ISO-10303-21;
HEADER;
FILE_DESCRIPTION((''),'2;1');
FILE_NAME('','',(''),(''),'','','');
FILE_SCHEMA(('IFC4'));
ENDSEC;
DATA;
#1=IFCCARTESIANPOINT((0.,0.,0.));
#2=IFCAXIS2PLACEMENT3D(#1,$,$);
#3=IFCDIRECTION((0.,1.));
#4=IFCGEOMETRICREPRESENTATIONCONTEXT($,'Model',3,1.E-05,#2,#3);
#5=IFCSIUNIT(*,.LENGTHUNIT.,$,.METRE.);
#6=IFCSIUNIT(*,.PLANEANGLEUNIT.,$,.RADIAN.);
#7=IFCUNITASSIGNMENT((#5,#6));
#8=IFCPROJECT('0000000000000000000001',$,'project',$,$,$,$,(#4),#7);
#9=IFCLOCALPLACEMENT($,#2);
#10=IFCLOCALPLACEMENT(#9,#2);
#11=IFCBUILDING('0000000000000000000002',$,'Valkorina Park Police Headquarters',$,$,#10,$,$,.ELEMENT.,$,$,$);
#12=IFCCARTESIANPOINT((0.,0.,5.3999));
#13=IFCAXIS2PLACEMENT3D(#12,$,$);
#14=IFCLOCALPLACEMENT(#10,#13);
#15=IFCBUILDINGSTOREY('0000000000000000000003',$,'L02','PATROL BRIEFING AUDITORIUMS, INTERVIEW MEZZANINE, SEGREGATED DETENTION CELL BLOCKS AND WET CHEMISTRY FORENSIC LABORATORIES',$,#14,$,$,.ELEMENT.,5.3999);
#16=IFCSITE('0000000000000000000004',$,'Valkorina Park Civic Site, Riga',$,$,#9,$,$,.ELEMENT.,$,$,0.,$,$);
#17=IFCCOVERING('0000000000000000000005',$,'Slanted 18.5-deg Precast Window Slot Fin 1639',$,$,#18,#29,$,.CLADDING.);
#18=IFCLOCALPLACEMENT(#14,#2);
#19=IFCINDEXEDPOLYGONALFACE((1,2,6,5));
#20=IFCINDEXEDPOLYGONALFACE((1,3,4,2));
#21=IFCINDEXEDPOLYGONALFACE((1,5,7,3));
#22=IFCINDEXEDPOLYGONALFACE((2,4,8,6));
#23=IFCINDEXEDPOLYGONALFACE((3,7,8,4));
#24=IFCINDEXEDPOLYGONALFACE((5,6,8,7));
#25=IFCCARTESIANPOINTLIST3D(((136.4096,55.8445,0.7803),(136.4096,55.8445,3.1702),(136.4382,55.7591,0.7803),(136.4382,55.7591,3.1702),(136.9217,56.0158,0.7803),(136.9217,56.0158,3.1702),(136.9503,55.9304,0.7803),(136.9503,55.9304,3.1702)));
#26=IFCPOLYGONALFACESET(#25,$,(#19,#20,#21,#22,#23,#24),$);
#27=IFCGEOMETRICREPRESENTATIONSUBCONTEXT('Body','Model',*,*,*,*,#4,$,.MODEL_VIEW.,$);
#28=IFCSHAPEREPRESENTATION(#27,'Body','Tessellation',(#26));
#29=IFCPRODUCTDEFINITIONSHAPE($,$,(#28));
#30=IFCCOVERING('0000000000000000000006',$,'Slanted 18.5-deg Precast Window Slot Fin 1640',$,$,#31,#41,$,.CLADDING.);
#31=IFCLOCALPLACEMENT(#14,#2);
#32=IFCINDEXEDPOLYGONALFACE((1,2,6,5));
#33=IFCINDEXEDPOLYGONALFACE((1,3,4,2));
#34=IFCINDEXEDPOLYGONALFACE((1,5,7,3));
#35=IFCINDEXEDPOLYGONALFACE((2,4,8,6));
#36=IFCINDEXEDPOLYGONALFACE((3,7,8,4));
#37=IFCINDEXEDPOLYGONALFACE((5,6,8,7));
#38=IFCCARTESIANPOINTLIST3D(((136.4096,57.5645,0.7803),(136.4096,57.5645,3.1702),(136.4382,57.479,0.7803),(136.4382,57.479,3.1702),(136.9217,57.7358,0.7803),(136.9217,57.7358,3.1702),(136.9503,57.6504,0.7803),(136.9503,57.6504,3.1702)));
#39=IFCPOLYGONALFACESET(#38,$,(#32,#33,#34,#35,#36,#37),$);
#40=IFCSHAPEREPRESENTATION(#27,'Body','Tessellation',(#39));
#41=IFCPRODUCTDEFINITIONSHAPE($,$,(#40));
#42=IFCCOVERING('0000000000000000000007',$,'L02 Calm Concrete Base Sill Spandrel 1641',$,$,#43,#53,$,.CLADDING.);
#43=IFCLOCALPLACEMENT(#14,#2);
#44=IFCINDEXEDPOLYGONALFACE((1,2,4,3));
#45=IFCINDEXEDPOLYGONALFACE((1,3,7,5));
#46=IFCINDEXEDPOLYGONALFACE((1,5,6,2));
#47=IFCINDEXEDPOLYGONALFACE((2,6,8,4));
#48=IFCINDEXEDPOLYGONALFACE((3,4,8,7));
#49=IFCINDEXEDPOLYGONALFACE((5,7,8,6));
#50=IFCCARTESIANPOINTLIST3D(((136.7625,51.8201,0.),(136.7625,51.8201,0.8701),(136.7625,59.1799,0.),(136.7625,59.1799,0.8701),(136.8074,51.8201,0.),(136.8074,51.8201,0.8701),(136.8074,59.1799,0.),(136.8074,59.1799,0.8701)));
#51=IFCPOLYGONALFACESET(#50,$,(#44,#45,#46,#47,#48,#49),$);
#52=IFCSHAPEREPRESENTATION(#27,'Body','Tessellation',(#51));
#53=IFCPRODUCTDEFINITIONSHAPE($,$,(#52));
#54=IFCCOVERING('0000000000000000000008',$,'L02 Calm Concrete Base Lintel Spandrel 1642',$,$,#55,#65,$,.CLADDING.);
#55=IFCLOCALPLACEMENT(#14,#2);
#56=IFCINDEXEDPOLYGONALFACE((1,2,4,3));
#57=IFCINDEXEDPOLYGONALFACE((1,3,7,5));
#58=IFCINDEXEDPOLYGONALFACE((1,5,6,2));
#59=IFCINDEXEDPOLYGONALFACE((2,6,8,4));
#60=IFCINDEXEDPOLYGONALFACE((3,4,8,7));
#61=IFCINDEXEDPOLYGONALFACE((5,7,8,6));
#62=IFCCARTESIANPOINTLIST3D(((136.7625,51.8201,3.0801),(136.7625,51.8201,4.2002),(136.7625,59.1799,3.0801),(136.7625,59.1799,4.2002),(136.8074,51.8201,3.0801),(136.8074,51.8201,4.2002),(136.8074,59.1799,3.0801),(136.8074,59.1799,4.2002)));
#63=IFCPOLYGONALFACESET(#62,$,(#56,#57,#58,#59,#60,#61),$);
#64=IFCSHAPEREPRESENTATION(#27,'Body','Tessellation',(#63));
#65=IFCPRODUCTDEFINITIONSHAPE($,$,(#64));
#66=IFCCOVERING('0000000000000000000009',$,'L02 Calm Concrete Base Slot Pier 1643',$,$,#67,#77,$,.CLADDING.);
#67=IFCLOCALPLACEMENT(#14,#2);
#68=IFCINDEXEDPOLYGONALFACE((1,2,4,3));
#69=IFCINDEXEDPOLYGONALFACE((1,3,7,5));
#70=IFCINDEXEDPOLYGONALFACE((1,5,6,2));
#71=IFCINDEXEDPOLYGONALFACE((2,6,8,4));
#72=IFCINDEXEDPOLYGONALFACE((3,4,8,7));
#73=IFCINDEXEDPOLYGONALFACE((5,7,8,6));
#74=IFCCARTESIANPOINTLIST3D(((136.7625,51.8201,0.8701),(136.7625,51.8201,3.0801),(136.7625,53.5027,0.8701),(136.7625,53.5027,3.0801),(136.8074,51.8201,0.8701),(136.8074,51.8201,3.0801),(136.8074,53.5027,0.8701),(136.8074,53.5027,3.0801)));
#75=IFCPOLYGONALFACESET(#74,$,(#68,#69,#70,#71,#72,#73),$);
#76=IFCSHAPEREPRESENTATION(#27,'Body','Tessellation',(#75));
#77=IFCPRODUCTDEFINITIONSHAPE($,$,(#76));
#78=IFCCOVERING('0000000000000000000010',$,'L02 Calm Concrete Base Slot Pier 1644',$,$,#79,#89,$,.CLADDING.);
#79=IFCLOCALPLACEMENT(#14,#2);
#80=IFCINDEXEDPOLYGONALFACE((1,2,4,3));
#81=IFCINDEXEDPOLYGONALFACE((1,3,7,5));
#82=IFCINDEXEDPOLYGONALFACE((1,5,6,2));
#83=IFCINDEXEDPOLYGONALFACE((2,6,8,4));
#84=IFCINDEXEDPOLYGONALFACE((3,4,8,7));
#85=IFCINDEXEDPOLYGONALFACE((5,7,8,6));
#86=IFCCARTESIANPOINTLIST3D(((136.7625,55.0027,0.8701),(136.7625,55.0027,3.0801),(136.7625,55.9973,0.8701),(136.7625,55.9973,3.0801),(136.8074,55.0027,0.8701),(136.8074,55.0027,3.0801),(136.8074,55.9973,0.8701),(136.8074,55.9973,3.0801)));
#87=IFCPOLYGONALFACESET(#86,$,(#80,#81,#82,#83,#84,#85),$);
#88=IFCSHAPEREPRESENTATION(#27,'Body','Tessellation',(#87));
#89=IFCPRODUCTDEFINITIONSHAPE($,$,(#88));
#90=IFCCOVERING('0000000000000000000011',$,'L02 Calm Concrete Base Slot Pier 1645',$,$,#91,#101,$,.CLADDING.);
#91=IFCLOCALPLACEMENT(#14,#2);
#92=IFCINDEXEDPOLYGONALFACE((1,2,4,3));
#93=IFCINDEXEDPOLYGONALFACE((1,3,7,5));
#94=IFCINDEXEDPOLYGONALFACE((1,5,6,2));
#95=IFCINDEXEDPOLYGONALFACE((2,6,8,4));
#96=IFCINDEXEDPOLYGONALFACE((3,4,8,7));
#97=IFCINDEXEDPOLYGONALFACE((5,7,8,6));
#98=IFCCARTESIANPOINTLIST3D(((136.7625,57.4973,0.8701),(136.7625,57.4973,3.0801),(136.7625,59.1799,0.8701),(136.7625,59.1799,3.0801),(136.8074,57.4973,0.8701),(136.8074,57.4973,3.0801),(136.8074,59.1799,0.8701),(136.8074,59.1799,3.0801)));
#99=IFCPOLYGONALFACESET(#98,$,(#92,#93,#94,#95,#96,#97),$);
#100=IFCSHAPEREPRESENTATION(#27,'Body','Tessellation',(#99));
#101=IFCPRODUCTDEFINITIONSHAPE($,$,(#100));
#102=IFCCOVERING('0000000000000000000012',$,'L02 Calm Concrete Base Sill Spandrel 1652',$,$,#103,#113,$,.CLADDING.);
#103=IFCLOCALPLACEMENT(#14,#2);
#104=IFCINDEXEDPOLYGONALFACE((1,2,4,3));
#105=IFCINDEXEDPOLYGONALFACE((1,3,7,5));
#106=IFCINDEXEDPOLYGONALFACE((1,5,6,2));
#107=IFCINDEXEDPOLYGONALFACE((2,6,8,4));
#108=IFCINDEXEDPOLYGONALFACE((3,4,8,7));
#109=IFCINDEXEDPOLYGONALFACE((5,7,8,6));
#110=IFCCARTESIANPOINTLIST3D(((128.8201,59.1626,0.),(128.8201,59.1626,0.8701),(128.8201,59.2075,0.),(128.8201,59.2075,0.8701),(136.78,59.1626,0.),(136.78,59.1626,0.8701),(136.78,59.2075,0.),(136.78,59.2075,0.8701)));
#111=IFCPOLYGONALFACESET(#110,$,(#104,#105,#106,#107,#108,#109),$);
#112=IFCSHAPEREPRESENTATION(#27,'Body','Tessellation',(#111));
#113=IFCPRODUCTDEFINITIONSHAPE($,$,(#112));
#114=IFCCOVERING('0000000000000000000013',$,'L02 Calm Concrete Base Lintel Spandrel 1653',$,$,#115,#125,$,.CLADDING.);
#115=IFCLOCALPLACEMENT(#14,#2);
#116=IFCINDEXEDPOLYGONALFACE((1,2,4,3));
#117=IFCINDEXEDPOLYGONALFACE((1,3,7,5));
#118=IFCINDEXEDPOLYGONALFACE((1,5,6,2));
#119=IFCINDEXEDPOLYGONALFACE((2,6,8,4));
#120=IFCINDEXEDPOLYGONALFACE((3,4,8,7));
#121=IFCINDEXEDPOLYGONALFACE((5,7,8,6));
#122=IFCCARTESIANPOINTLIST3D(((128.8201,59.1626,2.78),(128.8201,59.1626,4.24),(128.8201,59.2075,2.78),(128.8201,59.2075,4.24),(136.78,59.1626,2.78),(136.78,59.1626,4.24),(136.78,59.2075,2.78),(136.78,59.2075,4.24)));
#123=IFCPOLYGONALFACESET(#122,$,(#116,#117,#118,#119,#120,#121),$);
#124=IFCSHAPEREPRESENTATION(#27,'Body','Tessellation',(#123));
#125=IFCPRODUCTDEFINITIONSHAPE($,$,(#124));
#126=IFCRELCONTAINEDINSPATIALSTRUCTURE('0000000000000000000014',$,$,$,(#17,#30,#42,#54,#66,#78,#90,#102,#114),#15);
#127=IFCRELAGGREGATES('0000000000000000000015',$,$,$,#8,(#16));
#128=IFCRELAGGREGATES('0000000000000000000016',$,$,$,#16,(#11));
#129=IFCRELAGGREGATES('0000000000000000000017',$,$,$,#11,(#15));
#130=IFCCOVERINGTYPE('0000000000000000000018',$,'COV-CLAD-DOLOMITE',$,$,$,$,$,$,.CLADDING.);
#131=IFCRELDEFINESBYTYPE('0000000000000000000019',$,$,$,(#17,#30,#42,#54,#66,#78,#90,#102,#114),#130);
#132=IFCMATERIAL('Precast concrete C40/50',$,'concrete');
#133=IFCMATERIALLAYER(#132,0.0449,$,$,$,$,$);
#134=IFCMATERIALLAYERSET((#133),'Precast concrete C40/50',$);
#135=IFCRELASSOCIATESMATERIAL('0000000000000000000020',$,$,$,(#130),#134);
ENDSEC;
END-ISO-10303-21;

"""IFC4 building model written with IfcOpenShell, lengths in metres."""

from ifc_helpers import new_model, si_unit, direction, frame, frame_2d, origin, origin_2d, place, context, subcontext, project, spatial, rectangle, extrude, material, layer, layer_set, type_object, element, save


model = new_model("IFC4")

# Units and contexts
model_context = context("Model", 3, precision=1e-05, world=origin(), true_north=direction((0.0, 1.0)))
body_context = subcontext(model_context, "Body", "Model", "MODEL_VIEW")
ifc_project = project(units=[si_unit("LENGTHUNIT", "METRE"), si_unit("PLANEANGLEUNIT", "RADIAN")], contexts=[model_context])

# Site, building, storey
site_placement = place(None, origin())
site = spatial("IfcSite", under=ifc_project, at=site_placement, Name="Valkorina Park Civic Site, Riga", CompositionType="ELEMENT", RefElevation=0.0)
building_placement = place(site_placement, origin())
building = spatial("IfcBuilding", under=site, at=building_placement, Name="Valkorina Park Police Headquarters", CompositionType="ELEMENT")
storey_placement = place(building_placement, frame((0.0, 0.0, 5.3999)))
storey = spatial("IfcBuildingStorey", under=building, at=storey_placement, Name="L02", Description="PATROL BRIEFING AUDITORIUMS, INTERVIEW MEZZANINE, SEGREGATED DETENTION CELL BLOCKS AND WET CHEMISTRY FORENSIC LABORATORIES", CompositionType="ELEMENT", Elevation=5.3999)

# Coverings
ifc_material_1 = material(Name="Precast concrete C40/50", Category="concrete")
ifc_layer = layer(ifc_material_1, 0.0449)
ifc_layer_set = layer_set([ifc_layer], Name="Precast concrete C40/50")
covering_type = type_object("IfcCoveringType", Name="COV-CLAD-DOLOMITE", PredefinedType="CLADDING", material=ifc_layer_set)
for number, where, z_axis, x_axis, name in (
    (1, (136.6799, 55.8875, 0.7803), (0.0, 0.0, 1.0), (-0.948324, -0.317305, 0.0), "Slanted 18.5-deg Precast Window Slot Fin 1639"),
    (2, (136.6799, 57.6074, 0.7803), (0.0, 0.0, 1.0), (-0.948324, -0.317305, 0.0), "Slanted 18.5-deg Precast Window Slot Fin 1640"),
):
    element("IfcCovering", number, at=place(storey_placement, frame(where, z_axis=z_axis, x_axis=x_axis)), inside=storey, type_object=covering_type, Name=name, PredefinedType="CLADDING", context=body_context, shape_type="SweptSolid", body=[
        extrude(rectangle(XDim=0.54, YDim=0.0901, at=origin_2d()), origin(), (0.0, 0.0, 1.0), 2.3899),
    ])
covering_1_placement = place(storey_placement, frame((136.7849, 51.8201, 0.0), z_axis=(0.0, 0.0, 1.0), x_axis=(0.0, 1.0, 0.0)))
element("IfcCovering", 3, at=covering_1_placement, inside=storey, type_object=covering_type, Name="L02 Calm Concrete Base Sill Spandrel 1641", PredefinedType="CLADDING", context=body_context, shape_type="SweptSolid", body=[
    extrude(rectangle(XDim=7.3599, YDim=0.0449, at=frame_2d((3.6799, 0.0))), origin(), (0.0, 0.0, 1.0), 0.8701),
])
covering_2_placement = place(storey_placement, frame((136.7849, 51.8201, 3.0801), z_axis=(0.0, 0.0, 1.0), x_axis=(0.0, 1.0, 0.0)))
element("IfcCovering", 4, at=covering_2_placement, inside=storey, type_object=covering_type, Name="L02 Calm Concrete Base Lintel Spandrel 1642", PredefinedType="CLADDING", context=body_context, shape_type="SweptSolid", body=[
    extrude(rectangle(XDim=7.3599, YDim=0.0449, at=frame_2d((3.6799, 0.0))), origin(), (0.0, 0.0, 1.0), 1.1201),
])
covering_3_placement = place(storey_placement, frame((136.7849, 51.8201, 0.8701), z_axis=(0.0, 0.0, 1.0), x_axis=(0.0, 1.0, 0.0)))
element("IfcCovering", 5, at=covering_3_placement, inside=storey, type_object=covering_type, Name="L02 Calm Concrete Base Slot Pier 1643", PredefinedType="CLADDING", context=body_context, shape_type="SweptSolid", body=[
    extrude(rectangle(XDim=1.6826, YDim=0.0449, at=frame_2d((0.8413, 0.0))), origin(), (0.0, 0.0, 1.0), 2.21),
])
covering_4_placement = place(storey_placement, frame((136.7849, 55.0027, 0.8701), z_axis=(0.0, 0.0, 1.0), x_axis=(0.0, 1.0, 0.0)))
element("IfcCovering", 6, at=covering_4_placement, inside=storey, type_object=covering_type, Name="L02 Calm Concrete Base Slot Pier 1644", PredefinedType="CLADDING", context=body_context, shape_type="SweptSolid", body=[
    extrude(rectangle(XDim=0.9946, YDim=0.0449, at=frame_2d((0.4973, 0.0))), origin(), (0.0, 0.0, 1.0), 2.21),
])
covering_5_placement = place(storey_placement, frame((136.7849, 57.4973, 0.8701), z_axis=(0.0, 0.0, 1.0), x_axis=(0.0, 1.0, 0.0)))
element("IfcCovering", 7, at=covering_5_placement, inside=storey, type_object=covering_type, Name="L02 Calm Concrete Base Slot Pier 1645", PredefinedType="CLADDING", context=body_context, shape_type="SweptSolid", body=[
    extrude(rectangle(XDim=1.6826, YDim=0.0449, at=frame_2d((0.8413, 0.0))), origin(), (0.0, 0.0, 1.0), 2.21),
])
covering_6_placement = place(storey_placement, frame((136.78, 59.1851, 0.0), z_axis=(0.0, 0.0, 1.0), x_axis=(-1.0, 0.0, 0.0)))
element("IfcCovering", 8, at=covering_6_placement, inside=storey, type_object=covering_type, Name="L02 Calm Concrete Base Sill Spandrel 1652", PredefinedType="CLADDING", context=body_context, shape_type="SweptSolid", body=[
    extrude(rectangle(XDim=7.96, YDim=0.0449, at=frame_2d((3.98, 0.0))), origin(), (0.0, 0.0, 1.0), 0.8701),
])
covering_7_placement = place(storey_placement, frame((136.78, 59.1851, 2.78), z_axis=(0.0, 0.0, 1.0), x_axis=(-1.0, 0.0, 0.0)))
element("IfcCovering", 9, at=covering_7_placement, inside=storey, type_object=covering_type, Name="L02 Calm Concrete Base Lintel Spandrel 1653", PredefinedType="CLADDING", context=body_context, shape_type="SweptSolid", body=[
    extrude(rectangle(XDim=7.96, YDim=0.0449, at=frame_2d((3.98, 0.0))), origin(), (0.0, 0.0, 1.0), 1.46),
])

save(model, "model.ifc")
